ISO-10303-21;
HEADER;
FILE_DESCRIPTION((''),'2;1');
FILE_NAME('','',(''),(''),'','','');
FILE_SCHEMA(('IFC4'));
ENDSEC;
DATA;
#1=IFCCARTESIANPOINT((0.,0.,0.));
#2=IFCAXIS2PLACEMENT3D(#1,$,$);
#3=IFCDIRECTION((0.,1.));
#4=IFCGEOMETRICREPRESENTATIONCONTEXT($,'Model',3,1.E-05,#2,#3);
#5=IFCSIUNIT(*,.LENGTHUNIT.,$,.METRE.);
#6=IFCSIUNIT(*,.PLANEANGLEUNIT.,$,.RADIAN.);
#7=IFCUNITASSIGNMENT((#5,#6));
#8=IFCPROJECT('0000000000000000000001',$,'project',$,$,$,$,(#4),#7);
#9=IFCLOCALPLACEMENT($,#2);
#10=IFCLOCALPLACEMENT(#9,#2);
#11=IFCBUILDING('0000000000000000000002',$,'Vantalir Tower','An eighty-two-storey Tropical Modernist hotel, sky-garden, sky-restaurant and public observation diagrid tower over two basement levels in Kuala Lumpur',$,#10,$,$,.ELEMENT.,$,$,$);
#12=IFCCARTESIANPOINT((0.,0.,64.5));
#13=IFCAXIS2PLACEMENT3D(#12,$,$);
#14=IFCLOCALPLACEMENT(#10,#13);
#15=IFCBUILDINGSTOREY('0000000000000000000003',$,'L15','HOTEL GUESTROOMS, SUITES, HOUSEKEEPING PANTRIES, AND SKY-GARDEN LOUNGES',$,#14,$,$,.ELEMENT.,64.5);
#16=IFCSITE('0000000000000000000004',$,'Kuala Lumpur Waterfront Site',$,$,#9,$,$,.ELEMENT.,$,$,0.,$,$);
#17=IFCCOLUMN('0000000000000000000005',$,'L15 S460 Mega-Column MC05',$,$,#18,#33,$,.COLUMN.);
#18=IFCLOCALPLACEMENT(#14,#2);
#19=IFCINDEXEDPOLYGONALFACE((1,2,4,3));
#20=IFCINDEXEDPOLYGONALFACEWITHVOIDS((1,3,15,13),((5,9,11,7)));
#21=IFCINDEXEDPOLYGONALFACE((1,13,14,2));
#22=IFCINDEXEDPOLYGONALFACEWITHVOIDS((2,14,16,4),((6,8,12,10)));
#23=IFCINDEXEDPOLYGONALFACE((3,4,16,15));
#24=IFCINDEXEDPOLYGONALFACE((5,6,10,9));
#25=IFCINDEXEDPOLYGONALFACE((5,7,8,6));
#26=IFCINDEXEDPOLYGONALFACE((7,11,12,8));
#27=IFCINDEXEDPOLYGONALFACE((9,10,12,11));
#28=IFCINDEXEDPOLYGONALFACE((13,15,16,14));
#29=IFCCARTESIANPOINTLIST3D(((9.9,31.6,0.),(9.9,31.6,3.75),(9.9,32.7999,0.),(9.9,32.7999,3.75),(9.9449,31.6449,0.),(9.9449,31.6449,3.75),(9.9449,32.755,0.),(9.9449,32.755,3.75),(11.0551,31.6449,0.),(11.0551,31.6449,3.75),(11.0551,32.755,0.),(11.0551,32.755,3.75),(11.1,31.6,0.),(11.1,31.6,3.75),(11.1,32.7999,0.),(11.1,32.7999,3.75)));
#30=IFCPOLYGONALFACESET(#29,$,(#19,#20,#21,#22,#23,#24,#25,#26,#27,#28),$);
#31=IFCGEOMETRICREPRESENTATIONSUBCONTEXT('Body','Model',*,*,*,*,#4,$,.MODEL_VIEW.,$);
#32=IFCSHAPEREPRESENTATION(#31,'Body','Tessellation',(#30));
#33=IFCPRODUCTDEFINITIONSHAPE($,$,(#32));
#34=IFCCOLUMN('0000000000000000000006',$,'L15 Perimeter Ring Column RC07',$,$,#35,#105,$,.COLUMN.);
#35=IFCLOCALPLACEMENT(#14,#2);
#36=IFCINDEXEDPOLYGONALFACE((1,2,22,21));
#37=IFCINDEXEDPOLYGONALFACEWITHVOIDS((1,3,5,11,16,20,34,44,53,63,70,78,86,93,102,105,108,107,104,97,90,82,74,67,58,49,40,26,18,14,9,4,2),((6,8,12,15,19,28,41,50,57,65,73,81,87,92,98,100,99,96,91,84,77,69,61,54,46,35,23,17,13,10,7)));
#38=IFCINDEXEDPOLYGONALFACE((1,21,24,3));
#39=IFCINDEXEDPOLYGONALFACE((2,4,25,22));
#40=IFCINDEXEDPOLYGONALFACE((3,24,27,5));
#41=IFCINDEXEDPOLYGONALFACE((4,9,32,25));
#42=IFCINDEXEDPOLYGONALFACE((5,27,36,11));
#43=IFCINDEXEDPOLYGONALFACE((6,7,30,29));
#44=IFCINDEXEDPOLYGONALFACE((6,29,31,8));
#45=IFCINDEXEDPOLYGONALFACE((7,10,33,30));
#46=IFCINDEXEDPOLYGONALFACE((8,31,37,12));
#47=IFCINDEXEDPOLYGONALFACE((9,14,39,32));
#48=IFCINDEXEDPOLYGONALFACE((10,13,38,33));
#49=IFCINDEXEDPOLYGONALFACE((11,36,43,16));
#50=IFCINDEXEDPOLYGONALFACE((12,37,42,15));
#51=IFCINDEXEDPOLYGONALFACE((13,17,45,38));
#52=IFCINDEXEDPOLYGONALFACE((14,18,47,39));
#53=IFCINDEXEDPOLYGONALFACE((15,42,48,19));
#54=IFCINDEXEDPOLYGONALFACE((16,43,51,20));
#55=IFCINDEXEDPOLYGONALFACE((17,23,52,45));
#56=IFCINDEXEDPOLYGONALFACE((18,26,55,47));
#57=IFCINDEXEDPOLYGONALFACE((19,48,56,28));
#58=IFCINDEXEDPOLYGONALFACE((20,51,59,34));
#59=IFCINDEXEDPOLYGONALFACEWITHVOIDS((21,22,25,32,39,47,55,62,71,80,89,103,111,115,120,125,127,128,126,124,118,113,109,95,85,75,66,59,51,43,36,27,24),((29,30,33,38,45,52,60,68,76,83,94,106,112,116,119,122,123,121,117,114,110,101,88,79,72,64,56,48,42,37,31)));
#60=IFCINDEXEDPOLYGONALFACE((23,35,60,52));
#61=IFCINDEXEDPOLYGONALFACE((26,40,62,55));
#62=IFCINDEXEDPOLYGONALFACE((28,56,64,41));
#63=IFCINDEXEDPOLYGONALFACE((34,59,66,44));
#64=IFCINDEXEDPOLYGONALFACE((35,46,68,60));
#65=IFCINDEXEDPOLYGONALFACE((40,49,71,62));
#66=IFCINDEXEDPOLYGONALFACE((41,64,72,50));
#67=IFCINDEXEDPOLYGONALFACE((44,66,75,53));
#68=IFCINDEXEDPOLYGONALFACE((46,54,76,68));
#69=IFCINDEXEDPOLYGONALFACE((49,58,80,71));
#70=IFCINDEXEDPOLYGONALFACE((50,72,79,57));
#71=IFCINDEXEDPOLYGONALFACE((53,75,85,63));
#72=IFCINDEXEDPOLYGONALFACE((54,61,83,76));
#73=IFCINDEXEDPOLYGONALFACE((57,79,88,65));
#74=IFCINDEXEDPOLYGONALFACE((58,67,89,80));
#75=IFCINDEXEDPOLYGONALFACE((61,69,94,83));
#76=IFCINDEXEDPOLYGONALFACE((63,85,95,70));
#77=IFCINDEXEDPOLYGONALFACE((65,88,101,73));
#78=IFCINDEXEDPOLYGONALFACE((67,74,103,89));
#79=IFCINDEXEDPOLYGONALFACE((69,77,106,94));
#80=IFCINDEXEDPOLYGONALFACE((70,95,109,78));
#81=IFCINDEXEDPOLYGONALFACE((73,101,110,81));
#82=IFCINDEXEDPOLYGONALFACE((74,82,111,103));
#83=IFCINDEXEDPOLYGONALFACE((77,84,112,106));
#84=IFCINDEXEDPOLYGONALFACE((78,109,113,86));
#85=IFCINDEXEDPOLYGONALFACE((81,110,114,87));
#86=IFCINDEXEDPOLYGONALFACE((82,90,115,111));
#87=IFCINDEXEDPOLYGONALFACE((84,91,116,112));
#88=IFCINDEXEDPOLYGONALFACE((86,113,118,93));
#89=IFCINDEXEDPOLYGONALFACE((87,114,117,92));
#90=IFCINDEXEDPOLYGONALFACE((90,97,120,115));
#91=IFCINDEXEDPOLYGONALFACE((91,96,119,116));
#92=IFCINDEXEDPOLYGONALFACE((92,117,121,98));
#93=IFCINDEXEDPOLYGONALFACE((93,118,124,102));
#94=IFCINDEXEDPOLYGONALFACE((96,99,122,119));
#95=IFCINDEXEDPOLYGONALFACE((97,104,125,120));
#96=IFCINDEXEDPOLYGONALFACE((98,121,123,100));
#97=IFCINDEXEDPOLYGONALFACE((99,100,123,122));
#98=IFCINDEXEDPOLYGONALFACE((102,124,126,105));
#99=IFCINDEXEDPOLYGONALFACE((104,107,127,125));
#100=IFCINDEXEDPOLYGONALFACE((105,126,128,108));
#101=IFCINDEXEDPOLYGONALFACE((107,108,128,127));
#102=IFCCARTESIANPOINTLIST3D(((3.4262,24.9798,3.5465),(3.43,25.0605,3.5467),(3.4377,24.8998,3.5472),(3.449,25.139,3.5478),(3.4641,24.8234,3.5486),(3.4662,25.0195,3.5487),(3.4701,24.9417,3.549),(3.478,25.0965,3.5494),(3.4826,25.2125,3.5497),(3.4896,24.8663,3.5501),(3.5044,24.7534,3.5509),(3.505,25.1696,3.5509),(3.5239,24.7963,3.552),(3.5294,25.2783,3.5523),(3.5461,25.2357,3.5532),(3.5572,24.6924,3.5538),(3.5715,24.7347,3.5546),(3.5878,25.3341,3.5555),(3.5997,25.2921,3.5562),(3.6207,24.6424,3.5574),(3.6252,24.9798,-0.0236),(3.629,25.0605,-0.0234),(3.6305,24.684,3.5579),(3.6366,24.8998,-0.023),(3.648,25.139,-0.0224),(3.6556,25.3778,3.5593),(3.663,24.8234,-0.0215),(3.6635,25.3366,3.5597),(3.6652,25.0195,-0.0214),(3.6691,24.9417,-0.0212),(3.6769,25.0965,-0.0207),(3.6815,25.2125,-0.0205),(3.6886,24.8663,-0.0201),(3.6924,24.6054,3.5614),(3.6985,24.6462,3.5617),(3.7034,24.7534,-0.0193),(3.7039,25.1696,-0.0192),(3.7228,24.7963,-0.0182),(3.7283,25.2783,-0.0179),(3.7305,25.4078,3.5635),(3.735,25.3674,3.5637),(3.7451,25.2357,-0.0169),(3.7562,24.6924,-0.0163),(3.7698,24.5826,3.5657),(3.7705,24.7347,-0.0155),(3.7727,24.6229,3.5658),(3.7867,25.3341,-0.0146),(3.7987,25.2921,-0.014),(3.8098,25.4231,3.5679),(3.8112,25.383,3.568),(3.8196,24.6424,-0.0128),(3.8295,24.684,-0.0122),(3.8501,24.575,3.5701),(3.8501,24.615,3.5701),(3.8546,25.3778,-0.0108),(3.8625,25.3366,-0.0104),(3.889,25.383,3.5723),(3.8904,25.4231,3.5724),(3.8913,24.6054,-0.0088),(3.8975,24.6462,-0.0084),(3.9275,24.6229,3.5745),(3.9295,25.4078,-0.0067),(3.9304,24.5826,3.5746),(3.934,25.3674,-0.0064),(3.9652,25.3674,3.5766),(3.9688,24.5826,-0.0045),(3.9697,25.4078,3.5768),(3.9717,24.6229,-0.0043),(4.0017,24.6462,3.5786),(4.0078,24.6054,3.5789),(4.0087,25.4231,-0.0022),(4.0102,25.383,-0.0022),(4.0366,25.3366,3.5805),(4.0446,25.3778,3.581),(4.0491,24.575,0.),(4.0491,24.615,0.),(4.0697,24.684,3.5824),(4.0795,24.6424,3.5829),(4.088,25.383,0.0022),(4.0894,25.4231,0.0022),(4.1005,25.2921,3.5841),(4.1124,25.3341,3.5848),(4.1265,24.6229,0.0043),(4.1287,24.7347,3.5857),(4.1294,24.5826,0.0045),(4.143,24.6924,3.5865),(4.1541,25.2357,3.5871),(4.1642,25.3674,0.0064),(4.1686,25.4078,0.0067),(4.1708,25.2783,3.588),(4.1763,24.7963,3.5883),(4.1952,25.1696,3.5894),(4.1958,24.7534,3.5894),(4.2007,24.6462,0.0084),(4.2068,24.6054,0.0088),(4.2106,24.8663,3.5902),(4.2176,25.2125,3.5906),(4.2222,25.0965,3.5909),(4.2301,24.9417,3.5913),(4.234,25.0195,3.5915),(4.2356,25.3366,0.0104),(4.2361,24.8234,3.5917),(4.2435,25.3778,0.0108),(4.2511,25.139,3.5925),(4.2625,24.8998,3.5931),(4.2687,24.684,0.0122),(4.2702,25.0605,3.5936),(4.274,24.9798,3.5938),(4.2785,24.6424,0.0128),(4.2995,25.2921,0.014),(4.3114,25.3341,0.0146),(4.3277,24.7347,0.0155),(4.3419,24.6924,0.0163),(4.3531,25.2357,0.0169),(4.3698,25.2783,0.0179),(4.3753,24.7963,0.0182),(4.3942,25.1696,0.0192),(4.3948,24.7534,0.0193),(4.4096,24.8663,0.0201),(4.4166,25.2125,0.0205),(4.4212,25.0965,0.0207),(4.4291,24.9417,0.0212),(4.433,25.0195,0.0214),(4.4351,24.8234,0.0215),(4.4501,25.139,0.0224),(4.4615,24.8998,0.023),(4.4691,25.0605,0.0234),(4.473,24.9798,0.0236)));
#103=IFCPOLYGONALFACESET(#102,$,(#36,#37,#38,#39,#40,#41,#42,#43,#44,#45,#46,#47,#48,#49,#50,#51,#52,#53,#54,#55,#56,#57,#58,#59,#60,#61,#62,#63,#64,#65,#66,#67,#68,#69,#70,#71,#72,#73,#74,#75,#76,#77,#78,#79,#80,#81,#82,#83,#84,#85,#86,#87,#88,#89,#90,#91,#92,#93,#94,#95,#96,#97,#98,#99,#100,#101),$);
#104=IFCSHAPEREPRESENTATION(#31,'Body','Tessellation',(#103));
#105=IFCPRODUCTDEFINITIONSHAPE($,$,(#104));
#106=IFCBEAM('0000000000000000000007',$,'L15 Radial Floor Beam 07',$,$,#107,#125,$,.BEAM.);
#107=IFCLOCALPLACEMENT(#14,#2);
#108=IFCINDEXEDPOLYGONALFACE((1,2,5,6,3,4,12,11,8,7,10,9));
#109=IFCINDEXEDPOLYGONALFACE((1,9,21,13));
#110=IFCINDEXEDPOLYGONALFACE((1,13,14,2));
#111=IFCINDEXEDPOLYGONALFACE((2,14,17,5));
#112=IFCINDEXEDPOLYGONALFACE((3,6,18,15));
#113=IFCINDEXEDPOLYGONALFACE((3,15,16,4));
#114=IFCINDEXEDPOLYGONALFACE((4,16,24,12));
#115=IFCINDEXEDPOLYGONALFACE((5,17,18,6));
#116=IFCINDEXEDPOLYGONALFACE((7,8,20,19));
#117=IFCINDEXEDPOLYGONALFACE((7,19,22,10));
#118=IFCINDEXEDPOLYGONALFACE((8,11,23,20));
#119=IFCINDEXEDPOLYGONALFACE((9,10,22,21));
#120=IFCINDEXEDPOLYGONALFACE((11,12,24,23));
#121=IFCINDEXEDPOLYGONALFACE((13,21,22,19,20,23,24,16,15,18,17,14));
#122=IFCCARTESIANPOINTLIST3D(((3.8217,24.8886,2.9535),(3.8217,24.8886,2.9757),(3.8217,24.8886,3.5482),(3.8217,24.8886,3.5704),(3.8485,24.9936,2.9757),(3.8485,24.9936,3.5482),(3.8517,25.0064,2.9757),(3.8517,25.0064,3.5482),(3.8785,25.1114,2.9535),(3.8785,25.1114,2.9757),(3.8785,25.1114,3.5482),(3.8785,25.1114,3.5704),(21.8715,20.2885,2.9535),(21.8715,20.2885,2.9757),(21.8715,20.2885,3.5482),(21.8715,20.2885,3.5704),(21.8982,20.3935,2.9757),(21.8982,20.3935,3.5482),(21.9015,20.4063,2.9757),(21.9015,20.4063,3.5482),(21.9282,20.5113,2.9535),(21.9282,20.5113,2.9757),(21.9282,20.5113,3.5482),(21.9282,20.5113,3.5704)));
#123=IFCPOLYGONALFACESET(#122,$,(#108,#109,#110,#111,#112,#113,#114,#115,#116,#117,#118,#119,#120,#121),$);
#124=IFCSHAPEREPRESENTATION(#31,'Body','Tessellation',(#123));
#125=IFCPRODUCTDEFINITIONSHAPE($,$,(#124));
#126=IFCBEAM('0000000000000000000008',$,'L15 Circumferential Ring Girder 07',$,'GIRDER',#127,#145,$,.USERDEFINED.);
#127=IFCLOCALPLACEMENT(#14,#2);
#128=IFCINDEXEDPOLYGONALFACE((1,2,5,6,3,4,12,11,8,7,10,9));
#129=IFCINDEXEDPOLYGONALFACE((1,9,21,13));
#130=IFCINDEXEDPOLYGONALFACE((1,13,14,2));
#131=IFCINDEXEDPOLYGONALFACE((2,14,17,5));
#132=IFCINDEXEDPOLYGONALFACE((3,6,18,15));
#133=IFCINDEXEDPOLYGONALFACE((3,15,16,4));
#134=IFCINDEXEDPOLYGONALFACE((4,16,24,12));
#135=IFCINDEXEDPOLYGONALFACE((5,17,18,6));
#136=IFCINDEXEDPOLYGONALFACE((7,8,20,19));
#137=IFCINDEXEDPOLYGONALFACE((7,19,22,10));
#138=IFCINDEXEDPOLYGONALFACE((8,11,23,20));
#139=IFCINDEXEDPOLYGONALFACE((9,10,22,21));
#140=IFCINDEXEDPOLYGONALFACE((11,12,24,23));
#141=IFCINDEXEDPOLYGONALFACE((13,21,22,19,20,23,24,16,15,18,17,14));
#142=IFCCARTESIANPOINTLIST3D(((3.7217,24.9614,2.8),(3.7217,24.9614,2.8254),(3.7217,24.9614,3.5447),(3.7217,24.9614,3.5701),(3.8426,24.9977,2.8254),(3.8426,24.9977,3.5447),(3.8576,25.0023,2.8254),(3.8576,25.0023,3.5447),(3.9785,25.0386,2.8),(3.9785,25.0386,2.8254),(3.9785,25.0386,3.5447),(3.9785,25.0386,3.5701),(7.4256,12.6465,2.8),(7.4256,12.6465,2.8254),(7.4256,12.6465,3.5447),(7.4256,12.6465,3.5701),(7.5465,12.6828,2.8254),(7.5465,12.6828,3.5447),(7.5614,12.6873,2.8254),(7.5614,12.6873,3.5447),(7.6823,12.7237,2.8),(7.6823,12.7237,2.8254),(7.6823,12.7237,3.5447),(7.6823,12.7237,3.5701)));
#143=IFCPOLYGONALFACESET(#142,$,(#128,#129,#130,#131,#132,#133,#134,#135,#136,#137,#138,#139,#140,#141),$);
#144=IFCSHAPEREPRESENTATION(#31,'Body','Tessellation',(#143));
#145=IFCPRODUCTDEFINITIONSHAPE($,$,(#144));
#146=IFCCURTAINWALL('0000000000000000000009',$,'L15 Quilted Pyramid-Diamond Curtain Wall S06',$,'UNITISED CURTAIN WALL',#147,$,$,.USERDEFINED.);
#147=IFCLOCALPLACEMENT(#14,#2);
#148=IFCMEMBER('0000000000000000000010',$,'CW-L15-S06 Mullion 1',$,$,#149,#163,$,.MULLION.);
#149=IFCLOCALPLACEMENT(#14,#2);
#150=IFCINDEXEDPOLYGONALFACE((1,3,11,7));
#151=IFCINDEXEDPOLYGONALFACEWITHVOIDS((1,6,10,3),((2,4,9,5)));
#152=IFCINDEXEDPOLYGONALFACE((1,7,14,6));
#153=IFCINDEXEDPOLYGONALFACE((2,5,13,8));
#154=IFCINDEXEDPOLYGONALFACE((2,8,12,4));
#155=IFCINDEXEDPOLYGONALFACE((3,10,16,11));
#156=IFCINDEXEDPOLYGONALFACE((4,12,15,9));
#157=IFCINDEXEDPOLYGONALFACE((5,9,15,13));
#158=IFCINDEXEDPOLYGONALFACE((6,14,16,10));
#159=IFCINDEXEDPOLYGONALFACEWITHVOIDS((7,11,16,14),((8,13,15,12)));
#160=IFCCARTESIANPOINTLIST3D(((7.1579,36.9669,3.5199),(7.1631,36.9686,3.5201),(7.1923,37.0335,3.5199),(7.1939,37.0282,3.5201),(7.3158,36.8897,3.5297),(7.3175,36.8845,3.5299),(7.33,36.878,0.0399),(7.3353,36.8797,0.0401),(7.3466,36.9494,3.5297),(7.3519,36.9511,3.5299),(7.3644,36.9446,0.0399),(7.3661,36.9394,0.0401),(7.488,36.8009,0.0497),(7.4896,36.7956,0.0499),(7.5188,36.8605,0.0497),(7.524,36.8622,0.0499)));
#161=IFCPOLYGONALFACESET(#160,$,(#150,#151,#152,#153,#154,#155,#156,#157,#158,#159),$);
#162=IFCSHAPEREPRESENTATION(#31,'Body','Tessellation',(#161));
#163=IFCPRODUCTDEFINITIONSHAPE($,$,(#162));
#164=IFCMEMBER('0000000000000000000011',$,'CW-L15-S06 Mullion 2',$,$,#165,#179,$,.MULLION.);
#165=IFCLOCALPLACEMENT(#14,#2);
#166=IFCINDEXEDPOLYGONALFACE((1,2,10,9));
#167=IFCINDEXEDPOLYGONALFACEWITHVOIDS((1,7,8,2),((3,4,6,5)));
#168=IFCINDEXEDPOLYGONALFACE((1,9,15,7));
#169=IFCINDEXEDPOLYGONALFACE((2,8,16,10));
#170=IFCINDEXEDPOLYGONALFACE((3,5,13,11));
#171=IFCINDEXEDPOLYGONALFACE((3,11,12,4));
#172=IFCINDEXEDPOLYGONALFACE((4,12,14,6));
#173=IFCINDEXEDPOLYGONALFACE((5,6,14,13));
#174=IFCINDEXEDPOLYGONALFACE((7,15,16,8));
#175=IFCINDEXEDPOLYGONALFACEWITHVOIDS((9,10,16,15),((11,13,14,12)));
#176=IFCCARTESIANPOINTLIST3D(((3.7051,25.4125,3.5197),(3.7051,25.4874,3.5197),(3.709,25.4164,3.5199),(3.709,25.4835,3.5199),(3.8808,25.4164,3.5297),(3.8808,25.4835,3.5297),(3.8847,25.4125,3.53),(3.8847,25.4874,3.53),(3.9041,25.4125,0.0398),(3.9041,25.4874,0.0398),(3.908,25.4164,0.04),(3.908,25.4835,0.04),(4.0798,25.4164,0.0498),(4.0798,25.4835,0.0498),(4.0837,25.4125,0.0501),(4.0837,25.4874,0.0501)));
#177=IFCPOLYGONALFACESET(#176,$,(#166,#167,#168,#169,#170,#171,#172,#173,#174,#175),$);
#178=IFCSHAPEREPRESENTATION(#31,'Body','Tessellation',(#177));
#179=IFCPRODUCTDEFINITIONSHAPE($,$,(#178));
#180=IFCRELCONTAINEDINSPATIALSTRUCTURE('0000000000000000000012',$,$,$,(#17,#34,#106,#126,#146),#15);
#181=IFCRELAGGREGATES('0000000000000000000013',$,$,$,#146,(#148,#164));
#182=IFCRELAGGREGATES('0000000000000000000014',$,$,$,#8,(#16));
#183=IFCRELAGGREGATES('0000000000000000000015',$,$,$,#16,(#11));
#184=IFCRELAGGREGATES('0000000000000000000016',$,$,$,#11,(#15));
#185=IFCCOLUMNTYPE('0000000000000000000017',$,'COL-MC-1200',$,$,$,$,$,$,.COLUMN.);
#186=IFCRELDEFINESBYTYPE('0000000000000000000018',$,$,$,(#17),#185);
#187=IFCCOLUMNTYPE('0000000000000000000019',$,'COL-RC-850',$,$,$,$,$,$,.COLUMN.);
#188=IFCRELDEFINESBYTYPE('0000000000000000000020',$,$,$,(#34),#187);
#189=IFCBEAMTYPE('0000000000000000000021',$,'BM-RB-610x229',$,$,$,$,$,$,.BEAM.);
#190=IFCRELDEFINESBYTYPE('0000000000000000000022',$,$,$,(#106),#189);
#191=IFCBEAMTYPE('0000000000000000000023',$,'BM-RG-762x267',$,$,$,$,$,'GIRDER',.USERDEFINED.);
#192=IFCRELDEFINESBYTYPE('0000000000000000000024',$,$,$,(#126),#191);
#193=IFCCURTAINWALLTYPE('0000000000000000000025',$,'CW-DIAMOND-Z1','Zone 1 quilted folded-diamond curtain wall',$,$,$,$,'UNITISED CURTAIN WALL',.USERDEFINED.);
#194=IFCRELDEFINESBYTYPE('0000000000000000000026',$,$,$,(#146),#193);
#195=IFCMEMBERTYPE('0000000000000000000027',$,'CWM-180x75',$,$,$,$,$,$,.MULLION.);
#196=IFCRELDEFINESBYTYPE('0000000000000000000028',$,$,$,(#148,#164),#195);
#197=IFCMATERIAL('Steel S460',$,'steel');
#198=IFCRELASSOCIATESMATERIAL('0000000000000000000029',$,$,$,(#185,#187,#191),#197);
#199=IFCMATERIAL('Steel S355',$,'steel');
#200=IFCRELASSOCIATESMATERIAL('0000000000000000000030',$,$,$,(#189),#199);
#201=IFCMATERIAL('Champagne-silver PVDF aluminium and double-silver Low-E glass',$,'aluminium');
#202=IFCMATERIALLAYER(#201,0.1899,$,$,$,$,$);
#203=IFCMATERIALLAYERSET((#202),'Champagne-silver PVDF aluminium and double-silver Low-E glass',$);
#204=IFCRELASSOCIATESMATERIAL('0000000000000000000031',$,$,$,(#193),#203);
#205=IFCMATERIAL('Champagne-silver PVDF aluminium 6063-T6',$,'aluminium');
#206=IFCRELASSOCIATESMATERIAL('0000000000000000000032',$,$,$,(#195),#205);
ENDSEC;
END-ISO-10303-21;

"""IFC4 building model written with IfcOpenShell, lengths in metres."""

from ifc_helpers import new_model, si_unit, direction, frame, origin, origin_2d, place, context, subcontext, project, spatial, hollow_rectangle, hollow_circle, i_section, extrude, material, layer, layer_set, material_profile, profile_set, type_object, element, aggregate, save


model = new_model("IFC4")

# Units and contexts
model_context = context("Model", 3, precision=1e-05, world=origin(), true_north=direction((0.0, 1.0)))
body_context = subcontext(model_context, "Body", "Model", "MODEL_VIEW")
ifc_project = project(units=[si_unit("LENGTHUNIT", "METRE"), si_unit("PLANEANGLEUNIT", "RADIAN")], contexts=[model_context])

# Site, building, storey
site_placement = place(None, origin())
site = spatial("IfcSite", under=ifc_project, at=site_placement, Name="Kuala Lumpur Waterfront Site", CompositionType="ELEMENT", RefElevation=0.0)
building_placement = place(site_placement, origin())
building = spatial("IfcBuilding", under=site, at=building_placement, Name="Vantalir Tower", Description="An eighty-two-storey Tropical Modernist hotel, sky-garden, sky-restaurant and public observation diagrid tower over two basement levels in Kuala Lumpur", CompositionType="ELEMENT")
storey_placement = place(building_placement, frame((0.0, 0.0, 64.5)))
storey = spatial("IfcBuildingStorey", under=building, at=storey_placement, Name="L15", Description="HOTEL GUESTROOMS, SUITES, HOUSEKEEPING PANTRIES, AND SKY-GARDEN LOUNGES", CompositionType="ELEMENT", Elevation=64.5)

# Columns
ifc_material_1 = material(Name="Steel S460", Category="steel")
ifc_material_profile_1 = material_profile(ifc_material_1, hollow_rectangle(XDim=1.2, YDim=1.2, WallThickness=0.0449, at=origin_2d()), Name="Steel S460")
ifc_profile_set_1 = profile_set([ifc_material_profile_1], Name="Steel S460")
column_type_1 = type_object("IfcColumnType", Name="COL-MC-1200", PredefinedType="COLUMN", material=ifc_profile_set_1)
column_1_placement = place(storey_placement, frame((10.5, 32.2, 0.0), z_axis=(0.0, 0.0, 1.0), x_axis=(1.0, 0.0, 0.0)))
element("IfcColumn", 1, at=column_1_placement, inside=storey, type_object=column_type_1, Name="L15 S460 Mega-Column MC05", PredefinedType="COLUMN", context=body_context, shape_type="SweptSolid", body=[
    extrude(hollow_rectangle(XDim=1.2, YDim=1.2, WallThickness=0.0449, at=origin_2d()), origin(), (0.0, 0.0, 1.0), 3.75),
])
ifc_material_profile_2 = material_profile(ifc_material_1, hollow_circle(Radius=0.425, WallThickness=0.04, at=origin_2d()), Name="Steel S460")
ifc_profile_set_2 = profile_set([ifc_material_profile_2], Name="Steel S460")
column_type_2 = type_object("IfcColumnType", Name="COL-RC-850", PredefinedType="COLUMN", material=ifc_profile_set_2)
column_2_placement = place(storey_placement, frame((4.0491, 25.0, 0.0), z_axis=(-0.055648, 0.0, 0.99845), x_axis=(0.0, -1.0, 0.0)))
element("IfcColumn", 2, at=column_2_placement, inside=storey, type_object=column_type_2, Name="L15 Perimeter Ring Column RC07", PredefinedType="COLUMN", context=body_context, shape_type="SweptSolid", body=[
    extrude(hollow_circle(Radius=0.425, WallThickness=0.04, at=origin_2d()), origin(), (0.0, 0.0, 1.0), 3.5757),
])

# Beams
ifc_material_2 = material(Name="Steel S355", Category="steel")
ifc_material_profile_3 = material_profile(ifc_material_2, i_section(OverallWidth=0.23, OverallDepth=0.6169, WebThickness=0.0132, FlangeThickness=0.0222, at=origin_2d()), Name="Steel S355")
ifc_profile_set_3 = profile_set([ifc_material_profile_3], Name="Steel S355")
beam_type_1 = type_object("IfcBeamType", Name="BM-RB-610x229", PredefinedType="BEAM", material=ifc_profile_set_3)
beam_1_placement = place(storey_placement, frame((3.8501, 25.0, 3.262), z_axis=(0.969025, -0.246962, 0.0), x_axis=(0.246962, 0.969025, 0.0)))
element("IfcBeam", 3, at=beam_1_placement, inside=storey, type_object=beam_type_1, Name="L15 Radial Floor Beam 07", PredefinedType="BEAM", context=body_context, shape_type="SweptSolid", body=[
    extrude(i_section(OverallWidth=0.23, OverallDepth=0.6169, WebThickness=0.0132, FlangeThickness=0.0222, at=origin_2d()), origin(), (0.0, 0.0, 1.0), 18.6267),
])
ifc_material_profile_4 = material_profile(ifc_material_1, i_section(OverallWidth=0.2681, OverallDepth=0.77, WebThickness=0.0156, FlangeThickness=0.0254, at=origin_2d()), Name="Steel S460")
ifc_profile_set_4 = profile_set([ifc_material_profile_4], Name="Steel S460")
beam_type_2 = type_object("IfcBeamType", Name="BM-RG-762x267", ElementType="GIRDER", PredefinedType="USERDEFINED", material=ifc_profile_set_4)
beam_2_placement = place(storey_placement, frame((3.8501, 25.0, 3.1851), z_axis=(0.288017, -0.957625, 0.0), x_axis=(0.957625, 0.288017, 0.0)))
element("IfcBeam", 4, at=beam_2_placement, inside=storey, type_object=beam_type_2, Name="L15 Circumferential Ring Girder 07", ObjectType="GIRDER", PredefinedType="USERDEFINED", context=body_context, shape_type="SweptSolid", body=[
    extrude(i_section(OverallWidth=0.2681, OverallDepth=0.77, WebThickness=0.0156, FlangeThickness=0.0254, at=origin_2d()), origin(), (0.0, 0.0, 1.0), 12.8599),
])

# Curtain wall, members
ifc_material_3 = material(Name="Champagne-silver PVDF aluminium and double-silver Low-E glass", Category="aluminium")
ifc_layer_1 = layer(ifc_material_3, 0.1899)
ifc_layer_set_1 = layer_set([ifc_layer_1], Name="Champagne-silver PVDF aluminium and double-silver Low-E glass")
curtain_wall_type = type_object("IfcCurtainWallType", Name="CW-DIAMOND-Z1", Description="Zone 1 quilted folded-diamond curtain wall", ElementType="UNITISED CURTAIN WALL", PredefinedType="USERDEFINED", material=ifc_layer_set_1)
curtain_wall_1_placement = place(storey_placement, origin())
curtain_wall_1 = element("IfcCurtainWall", 5, at=curtain_wall_1_placement, inside=storey, type_object=curtain_wall_type, Name="L15 Quilted Pyramid-Diamond Curtain Wall S06", ObjectType="UNITISED CURTAIN WALL", PredefinedType="USERDEFINED")
ifc_material_4 = material(Name="Champagne-silver PVDF aluminium 6063-T6", Category="aluminium")
ifc_material_profile_5 = material_profile(ifc_material_4, hollow_rectangle(XDim=0.075, YDim=0.1799, WallThickness=0.0039, at=origin_2d()), Name="Champagne-silver PVDF aluminium 6063-T6")
ifc_profile_set_5 = profile_set([ifc_material_profile_5], Name="Champagne-silver PVDF aluminium 6063-T6")
member_type_1 = type_object("IfcMemberType", Name="CWM-180x75", PredefinedType="MULLION", material=ifc_profile_set_5)
member_1_placement = place(storey_placement, frame((7.427, 36.8701, 0.0449), z_axis=(-0.049383, 0.025497, 0.998454), x_axis=(-0.458771, -0.888554, 0.0)))
member_1 = element("IfcMember", 6, at=member_1_placement, type_object=member_type_1, Name="CW-L15-S06 Mullion 1", PredefinedType="MULLION", context=body_context, shape_type="SweptSolid", body=[
    extrude(hollow_rectangle(XDim=0.075, YDim=0.1799, WallThickness=0.0039, at=origin_2d()), origin(), (0.0, 0.0, 1.0), 3.4854),
])
member_2_placement = place(storey_placement, frame((3.9939, 25.45, 0.0449), z_axis=(-0.057084, 0.0, 0.998369), x_axis=(0.0, -1.0, 0.0)))
member_2 = element("IfcMember", 7, at=member_2_placement, type_object=member_type_1, Name="CW-L15-S06 Mullion 2", PredefinedType="MULLION", context=body_context, shape_type="SweptSolid", body=[
    extrude(hollow_rectangle(XDim=0.075, YDim=0.1799, WallThickness=0.0039, at=origin_2d()), origin(), (0.0, 0.0, 1.0), 3.4856),
])

aggregate(curtain_wall_1, [member_1, member_2])

save(model, "model.ifc")
